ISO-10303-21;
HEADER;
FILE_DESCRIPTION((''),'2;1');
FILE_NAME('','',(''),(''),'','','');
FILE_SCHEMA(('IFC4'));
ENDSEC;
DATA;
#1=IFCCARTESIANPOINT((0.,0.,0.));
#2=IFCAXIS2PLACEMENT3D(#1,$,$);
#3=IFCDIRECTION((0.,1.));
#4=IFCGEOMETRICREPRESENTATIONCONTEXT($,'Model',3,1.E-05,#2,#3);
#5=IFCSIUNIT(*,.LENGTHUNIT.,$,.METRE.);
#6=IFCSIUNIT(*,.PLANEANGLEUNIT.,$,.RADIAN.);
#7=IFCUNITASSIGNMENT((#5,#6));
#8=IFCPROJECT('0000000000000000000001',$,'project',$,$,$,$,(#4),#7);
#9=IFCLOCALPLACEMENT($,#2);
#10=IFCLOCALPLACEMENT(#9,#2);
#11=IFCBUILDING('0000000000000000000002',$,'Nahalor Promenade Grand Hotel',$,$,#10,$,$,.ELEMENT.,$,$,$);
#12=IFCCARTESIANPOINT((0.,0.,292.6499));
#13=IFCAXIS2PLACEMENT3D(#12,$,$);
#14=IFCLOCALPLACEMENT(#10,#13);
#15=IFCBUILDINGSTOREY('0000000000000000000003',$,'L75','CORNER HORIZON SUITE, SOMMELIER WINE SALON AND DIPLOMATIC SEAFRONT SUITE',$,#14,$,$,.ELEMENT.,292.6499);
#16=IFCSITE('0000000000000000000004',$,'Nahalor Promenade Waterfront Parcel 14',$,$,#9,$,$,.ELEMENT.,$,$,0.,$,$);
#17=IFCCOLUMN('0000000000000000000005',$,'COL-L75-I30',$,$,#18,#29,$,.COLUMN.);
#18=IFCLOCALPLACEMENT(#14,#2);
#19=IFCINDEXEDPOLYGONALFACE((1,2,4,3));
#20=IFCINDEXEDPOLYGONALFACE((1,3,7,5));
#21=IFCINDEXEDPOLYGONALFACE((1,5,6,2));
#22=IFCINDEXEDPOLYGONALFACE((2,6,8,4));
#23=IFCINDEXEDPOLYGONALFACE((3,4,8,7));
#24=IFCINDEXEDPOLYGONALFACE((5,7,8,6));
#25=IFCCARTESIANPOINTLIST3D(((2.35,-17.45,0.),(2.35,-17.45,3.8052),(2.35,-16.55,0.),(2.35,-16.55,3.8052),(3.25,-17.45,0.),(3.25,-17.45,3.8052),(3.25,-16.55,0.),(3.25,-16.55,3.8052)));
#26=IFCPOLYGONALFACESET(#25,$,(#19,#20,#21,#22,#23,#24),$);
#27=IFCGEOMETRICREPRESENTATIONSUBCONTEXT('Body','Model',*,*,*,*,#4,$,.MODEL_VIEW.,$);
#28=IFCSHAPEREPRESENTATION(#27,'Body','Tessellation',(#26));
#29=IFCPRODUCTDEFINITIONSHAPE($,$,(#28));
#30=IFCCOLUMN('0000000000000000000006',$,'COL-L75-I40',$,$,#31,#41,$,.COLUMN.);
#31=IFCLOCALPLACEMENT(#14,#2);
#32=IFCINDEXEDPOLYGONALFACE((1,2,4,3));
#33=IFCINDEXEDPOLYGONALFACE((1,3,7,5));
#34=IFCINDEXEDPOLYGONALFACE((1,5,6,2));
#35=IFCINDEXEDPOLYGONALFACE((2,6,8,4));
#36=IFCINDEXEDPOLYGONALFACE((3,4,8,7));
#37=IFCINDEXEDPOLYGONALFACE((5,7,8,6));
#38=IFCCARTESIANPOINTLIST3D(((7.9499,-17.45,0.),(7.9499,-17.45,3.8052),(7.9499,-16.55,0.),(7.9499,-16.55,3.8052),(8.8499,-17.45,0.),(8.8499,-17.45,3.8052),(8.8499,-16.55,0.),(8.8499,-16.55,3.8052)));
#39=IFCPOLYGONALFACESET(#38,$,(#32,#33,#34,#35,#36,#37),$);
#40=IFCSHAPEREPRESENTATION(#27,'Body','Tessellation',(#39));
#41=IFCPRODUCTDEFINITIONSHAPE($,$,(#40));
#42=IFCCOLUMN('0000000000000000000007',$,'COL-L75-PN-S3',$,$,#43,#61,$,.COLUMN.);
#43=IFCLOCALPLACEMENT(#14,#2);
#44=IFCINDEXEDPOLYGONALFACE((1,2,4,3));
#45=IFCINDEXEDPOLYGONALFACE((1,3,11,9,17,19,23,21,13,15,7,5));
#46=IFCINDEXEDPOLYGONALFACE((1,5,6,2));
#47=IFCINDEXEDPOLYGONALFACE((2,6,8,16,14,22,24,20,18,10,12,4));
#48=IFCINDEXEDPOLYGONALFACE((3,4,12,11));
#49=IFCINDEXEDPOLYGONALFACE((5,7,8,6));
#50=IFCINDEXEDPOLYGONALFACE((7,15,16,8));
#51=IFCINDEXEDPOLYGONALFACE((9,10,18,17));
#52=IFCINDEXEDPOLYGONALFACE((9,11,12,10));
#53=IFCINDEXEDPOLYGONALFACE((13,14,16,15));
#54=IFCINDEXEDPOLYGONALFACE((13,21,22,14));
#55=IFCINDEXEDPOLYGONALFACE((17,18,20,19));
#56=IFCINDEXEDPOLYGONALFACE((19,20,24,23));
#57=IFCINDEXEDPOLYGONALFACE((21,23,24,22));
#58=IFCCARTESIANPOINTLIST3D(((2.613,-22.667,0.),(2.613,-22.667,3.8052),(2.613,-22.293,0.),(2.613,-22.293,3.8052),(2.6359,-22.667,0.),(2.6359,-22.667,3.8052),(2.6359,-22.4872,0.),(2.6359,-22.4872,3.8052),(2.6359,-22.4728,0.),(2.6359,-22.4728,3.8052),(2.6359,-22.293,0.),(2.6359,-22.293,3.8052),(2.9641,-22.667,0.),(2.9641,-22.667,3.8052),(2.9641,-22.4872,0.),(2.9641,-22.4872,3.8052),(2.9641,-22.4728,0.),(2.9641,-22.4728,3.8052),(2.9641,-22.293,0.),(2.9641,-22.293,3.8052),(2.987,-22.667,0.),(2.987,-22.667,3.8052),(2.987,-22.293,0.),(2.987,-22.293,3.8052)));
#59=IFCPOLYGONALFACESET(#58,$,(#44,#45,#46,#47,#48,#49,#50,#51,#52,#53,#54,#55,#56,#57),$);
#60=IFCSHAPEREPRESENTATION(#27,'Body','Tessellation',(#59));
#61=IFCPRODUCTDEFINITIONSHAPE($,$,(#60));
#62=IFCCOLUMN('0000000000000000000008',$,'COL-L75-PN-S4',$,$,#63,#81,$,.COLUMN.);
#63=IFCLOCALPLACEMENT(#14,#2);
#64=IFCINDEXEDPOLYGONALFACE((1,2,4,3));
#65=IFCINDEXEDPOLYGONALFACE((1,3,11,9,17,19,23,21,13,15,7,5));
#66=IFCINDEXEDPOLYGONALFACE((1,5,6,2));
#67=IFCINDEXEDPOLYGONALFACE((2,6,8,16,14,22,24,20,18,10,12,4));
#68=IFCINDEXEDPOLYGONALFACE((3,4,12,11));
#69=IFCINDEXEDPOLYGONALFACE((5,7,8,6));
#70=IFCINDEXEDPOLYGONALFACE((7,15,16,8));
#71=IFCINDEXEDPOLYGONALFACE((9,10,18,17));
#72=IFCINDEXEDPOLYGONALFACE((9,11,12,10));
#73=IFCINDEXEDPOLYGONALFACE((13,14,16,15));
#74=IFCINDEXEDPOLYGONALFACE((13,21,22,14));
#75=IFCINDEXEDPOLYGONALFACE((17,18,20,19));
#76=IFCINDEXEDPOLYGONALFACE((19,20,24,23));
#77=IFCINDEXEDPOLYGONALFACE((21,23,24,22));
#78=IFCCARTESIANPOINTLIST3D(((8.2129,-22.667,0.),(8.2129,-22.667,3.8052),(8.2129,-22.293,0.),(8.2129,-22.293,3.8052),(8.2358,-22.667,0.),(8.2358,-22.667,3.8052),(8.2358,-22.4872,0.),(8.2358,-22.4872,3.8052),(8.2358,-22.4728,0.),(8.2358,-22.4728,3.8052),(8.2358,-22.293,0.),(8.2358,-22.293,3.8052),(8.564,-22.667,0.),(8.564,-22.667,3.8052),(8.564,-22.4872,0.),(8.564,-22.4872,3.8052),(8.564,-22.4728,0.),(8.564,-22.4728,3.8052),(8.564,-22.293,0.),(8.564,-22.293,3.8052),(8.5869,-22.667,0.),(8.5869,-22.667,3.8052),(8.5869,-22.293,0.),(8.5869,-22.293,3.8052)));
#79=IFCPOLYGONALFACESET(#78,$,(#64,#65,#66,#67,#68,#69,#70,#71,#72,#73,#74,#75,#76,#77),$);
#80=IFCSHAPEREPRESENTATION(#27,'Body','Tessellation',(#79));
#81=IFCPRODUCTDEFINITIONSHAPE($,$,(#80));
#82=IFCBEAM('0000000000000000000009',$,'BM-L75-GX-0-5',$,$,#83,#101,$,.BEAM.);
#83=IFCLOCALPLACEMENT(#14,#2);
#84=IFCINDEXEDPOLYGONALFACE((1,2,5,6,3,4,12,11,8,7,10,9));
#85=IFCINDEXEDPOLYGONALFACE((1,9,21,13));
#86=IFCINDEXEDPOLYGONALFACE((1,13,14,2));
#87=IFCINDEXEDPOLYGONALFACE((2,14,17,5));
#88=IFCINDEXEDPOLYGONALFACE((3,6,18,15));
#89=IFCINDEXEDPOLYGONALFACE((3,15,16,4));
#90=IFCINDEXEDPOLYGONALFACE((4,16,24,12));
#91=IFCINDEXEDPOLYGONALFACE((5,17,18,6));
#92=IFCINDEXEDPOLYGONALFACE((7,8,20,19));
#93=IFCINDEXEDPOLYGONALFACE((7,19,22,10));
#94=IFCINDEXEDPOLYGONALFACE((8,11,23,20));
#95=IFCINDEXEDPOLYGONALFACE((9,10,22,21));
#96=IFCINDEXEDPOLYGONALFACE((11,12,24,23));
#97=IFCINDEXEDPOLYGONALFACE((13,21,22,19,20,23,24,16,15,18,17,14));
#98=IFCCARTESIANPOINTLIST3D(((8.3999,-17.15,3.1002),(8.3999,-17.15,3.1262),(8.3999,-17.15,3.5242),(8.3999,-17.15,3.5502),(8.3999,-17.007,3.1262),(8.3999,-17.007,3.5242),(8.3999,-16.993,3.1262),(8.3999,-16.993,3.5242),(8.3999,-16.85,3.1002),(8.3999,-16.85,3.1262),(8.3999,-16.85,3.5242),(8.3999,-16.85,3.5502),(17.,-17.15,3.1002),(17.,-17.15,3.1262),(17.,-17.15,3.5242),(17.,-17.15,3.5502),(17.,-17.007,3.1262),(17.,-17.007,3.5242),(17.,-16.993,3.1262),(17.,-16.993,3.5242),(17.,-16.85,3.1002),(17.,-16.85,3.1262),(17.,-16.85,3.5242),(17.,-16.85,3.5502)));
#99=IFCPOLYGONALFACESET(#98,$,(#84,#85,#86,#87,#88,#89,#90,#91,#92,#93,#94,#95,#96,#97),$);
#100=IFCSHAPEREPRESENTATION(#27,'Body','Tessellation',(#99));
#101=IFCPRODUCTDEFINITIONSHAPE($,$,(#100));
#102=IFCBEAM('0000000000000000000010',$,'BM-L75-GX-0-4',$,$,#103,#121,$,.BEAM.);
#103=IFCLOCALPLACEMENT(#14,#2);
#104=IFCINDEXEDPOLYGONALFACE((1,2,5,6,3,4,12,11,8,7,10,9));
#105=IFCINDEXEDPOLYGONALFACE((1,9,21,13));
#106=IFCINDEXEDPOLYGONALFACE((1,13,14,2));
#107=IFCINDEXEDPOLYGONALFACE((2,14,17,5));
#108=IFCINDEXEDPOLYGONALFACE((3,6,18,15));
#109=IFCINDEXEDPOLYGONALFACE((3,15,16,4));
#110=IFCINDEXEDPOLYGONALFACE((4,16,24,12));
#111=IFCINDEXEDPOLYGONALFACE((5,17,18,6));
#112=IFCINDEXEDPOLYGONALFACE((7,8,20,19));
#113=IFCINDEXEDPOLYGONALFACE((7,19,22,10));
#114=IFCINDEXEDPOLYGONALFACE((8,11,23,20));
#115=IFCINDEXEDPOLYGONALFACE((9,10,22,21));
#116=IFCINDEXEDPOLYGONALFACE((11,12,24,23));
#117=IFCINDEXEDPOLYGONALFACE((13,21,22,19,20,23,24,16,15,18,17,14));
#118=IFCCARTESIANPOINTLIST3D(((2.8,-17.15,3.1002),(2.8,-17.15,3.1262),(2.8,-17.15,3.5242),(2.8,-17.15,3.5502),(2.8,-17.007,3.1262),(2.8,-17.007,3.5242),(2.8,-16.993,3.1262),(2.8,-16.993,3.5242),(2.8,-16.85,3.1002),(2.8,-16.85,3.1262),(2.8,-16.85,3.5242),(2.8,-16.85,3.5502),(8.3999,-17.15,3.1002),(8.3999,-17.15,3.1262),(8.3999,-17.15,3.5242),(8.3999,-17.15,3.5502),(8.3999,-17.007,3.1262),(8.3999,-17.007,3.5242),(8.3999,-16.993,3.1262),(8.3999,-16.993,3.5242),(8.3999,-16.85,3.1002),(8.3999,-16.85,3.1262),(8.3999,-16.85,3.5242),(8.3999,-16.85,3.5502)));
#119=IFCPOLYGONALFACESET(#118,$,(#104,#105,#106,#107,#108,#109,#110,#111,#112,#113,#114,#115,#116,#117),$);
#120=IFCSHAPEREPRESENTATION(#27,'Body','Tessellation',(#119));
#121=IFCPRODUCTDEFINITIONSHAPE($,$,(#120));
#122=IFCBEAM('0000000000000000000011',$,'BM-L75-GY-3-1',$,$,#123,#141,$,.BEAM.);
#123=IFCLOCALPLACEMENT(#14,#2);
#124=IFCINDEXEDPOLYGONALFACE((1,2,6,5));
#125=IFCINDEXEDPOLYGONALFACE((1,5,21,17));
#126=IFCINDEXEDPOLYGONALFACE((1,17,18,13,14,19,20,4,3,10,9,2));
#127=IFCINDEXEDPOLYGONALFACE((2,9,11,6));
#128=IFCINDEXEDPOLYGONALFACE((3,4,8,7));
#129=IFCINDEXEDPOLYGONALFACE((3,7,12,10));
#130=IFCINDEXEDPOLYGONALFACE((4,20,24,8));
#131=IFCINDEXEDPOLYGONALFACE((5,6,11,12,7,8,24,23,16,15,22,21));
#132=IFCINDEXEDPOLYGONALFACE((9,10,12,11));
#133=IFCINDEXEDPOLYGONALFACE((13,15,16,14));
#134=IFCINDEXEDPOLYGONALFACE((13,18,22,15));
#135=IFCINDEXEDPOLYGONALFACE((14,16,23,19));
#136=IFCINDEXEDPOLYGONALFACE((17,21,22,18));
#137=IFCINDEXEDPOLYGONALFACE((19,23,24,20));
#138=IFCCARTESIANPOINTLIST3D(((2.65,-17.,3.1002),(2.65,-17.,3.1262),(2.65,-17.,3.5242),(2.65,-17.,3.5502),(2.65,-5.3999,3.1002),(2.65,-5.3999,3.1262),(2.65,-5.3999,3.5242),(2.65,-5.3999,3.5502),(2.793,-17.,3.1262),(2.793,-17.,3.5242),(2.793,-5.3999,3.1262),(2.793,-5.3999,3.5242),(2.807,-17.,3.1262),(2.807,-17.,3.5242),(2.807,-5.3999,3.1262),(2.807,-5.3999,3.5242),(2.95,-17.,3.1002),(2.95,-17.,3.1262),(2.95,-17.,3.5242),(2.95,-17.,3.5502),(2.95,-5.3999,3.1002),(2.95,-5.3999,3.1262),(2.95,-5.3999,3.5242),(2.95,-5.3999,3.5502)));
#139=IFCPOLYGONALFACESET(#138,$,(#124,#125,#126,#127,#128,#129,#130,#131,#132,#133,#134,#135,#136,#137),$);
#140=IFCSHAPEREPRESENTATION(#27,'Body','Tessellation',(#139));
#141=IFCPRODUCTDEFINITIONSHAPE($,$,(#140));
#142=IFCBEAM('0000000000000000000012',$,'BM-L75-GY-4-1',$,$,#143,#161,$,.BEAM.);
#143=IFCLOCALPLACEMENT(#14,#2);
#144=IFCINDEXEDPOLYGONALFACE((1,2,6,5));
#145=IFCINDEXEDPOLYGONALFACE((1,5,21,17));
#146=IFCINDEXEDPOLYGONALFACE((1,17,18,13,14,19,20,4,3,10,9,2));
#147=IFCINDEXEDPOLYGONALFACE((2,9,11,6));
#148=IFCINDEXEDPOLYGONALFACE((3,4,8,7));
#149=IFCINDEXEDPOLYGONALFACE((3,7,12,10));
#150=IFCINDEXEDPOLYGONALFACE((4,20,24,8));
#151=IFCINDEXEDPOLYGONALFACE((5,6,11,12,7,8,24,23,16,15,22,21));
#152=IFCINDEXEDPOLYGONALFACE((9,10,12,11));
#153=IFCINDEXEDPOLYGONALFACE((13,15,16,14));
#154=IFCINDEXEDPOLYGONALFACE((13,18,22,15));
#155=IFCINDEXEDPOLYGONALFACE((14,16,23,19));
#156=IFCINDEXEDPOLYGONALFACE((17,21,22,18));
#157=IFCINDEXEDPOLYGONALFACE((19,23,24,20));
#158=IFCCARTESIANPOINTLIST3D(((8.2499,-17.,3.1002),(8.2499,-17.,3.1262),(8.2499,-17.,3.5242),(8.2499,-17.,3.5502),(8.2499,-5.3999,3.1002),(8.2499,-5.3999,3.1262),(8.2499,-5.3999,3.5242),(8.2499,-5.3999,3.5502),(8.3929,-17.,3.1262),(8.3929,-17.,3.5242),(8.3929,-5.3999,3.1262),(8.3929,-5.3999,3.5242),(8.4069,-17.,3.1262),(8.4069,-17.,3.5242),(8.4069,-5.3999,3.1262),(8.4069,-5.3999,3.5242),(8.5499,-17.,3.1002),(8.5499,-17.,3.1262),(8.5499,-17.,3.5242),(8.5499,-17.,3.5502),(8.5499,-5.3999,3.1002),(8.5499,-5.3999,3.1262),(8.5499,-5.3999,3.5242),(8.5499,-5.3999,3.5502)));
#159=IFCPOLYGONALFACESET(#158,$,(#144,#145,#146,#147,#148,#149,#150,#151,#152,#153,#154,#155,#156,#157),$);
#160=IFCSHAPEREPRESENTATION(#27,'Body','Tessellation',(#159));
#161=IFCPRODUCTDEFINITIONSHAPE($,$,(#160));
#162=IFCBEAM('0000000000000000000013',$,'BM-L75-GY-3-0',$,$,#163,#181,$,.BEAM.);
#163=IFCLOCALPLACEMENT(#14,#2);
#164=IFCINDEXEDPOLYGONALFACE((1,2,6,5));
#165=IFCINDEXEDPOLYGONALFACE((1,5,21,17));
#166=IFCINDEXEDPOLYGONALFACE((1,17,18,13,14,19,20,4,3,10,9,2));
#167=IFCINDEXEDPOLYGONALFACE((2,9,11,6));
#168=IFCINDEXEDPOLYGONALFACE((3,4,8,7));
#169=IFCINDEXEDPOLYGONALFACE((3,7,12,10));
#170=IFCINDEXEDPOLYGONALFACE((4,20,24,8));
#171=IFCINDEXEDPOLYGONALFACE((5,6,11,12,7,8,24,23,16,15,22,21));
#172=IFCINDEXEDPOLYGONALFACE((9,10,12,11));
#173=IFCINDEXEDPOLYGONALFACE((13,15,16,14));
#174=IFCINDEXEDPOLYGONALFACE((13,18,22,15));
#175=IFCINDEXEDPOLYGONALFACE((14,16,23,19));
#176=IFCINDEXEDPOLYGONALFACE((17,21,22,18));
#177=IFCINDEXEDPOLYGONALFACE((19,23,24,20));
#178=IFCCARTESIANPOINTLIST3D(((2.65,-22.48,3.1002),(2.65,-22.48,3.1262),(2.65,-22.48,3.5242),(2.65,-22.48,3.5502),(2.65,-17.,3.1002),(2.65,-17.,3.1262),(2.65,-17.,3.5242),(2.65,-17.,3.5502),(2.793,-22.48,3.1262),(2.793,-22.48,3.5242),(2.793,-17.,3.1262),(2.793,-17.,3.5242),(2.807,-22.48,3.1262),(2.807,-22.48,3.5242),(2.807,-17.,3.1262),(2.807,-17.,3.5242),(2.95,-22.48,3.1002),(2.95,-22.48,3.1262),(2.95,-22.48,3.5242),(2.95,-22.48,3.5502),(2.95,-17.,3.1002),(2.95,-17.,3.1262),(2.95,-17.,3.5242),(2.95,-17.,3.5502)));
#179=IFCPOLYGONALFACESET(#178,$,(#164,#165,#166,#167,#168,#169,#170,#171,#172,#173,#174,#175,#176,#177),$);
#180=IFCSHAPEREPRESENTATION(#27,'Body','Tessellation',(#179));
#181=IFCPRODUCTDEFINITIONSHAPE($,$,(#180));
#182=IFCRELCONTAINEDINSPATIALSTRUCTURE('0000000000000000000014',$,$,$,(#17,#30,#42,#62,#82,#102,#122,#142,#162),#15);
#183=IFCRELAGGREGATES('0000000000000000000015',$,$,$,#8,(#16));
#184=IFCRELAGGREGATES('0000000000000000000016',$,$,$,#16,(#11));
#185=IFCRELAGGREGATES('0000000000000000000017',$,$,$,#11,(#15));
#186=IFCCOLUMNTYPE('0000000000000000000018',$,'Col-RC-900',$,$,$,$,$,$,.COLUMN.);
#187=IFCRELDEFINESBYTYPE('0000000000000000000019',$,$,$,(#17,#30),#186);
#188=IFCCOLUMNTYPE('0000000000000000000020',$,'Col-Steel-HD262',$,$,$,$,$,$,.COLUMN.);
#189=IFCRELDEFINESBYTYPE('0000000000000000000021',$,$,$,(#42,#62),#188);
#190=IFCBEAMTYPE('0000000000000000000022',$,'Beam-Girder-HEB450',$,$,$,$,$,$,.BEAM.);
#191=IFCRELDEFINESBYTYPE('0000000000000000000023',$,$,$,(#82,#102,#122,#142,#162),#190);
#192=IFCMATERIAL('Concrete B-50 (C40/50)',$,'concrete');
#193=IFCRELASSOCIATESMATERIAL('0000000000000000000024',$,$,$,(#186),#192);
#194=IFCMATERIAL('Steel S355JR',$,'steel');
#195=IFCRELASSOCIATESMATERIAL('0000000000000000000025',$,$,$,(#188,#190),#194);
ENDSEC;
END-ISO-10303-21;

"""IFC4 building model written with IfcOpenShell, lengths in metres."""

from ifc_helpers import new_model, si_unit, direction, frame, origin, origin_2d, place, context, subcontext, project, spatial, rectangle, i_section, extrude, source, transform, mapped, material, material_profile, profile_set, type_object, element, save


model = new_model("IFC4")

# Units and contexts
model_context = context("Model", 3, precision=1e-05, world=origin(), true_north=direction((0.0, 1.0)))
body_context = subcontext(model_context, "Body", "Model", "MODEL_VIEW")
ifc_project = project(units=[si_unit("LENGTHUNIT", "METRE"), si_unit("PLANEANGLEUNIT", "RADIAN")], contexts=[model_context])

# Site, building, storey
site_placement = place(None, origin())
site = spatial("IfcSite", under=ifc_project, at=site_placement, Name="Nahalor Promenade Waterfront Parcel 14", CompositionType="ELEMENT", RefElevation=0.0)
building_placement = place(site_placement, origin())
building = spatial("IfcBuilding", under=site, at=building_placement, Name="Nahalor Promenade Grand Hotel", CompositionType="ELEMENT")
storey_placement = place(building_placement, frame((0.0, 0.0, 292.6499)))
storey = spatial("IfcBuildingStorey", under=building, at=storey_placement, Name="L75", Description="CORNER HORIZON SUITE, SOMMELIER WINE SALON AND DIPLOMATIC SEAFRONT SUITE", CompositionType="ELEMENT", Elevation=292.6499)

# Columns
ifc_material_1 = material(Name="Concrete B-50 (C40/50)", Category="concrete")
ifc_material_profile_1 = material_profile(ifc_material_1, rectangle(XDim=0.9, YDim=0.9, at=origin_2d()), Name="RC 900x900")
ifc_profile_set_1 = profile_set([ifc_material_profile_1], Name="Concrete B-50 (C40/50)")
column_type_1 = type_object("IfcColumnType", Name="Col-RC-900", PredefinedType="COLUMN", material=ifc_profile_set_1)
shared_shape_1 = source(origin(), body_context, "Body", "SweptSolid", [
    extrude(rectangle(XDim=0.9, YDim=0.9, at=origin_2d()), origin(), (0.0, 0.0, 1.0), 3.8052),
])
for number, where, z_axis, x_axis, name in (
    (1, (2.8, -17.0, 0.0), (0.0, 0.0, 1.0), (1.0, 0.0, 0.0), "COL-L75-I30"),
    (2, (8.3999, -17.0, 0.0), (0.0, 0.0, 1.0), (1.0, 0.0, 0.0), "COL-L75-I40"),
):
    element("IfcColumn", number, at=place(storey_placement, frame(where, z_axis=z_axis, x_axis=x_axis)), inside=storey, type_object=column_type_1, Name=name, PredefinedType="COLUMN", context=body_context, shape_type="MappedRepresentation", body=[
        mapped(shared_shape_1, transform((0.0, 0.0, 0.0), scale=1.0)),
    ])
ifc_material_2 = material(Name="Steel S355JR", Category="steel")
ifc_material_profile_2 = material_profile(ifc_material_2, i_section(OverallWidth=0.374, OverallDepth=0.374, WebThickness=0.0144, FlangeThickness=0.0229, at=origin_2d()), Name="HD 360x262")
ifc_profile_set_2 = profile_set([ifc_material_profile_2], Name="Steel S355JR")
column_type_2 = type_object("IfcColumnType", Name="Col-Steel-HD262", PredefinedType="COLUMN", material=ifc_profile_set_2)
shared_shape_2 = source(origin(), body_context, "Body", "SweptSolid", [
    extrude(i_section(OverallWidth=0.374, OverallDepth=0.374, WebThickness=0.0144, FlangeThickness=0.0229, at=origin_2d()), origin(), (0.0, 0.0, 1.0), 3.8052),
])
for number, where, z_axis, x_axis, name in (
    (3, (2.8, -22.48, 0.0), (0.0, 0.0, 1.0), (0.0, 1.0, 0.0), "COL-L75-PN-S3"),
    (4, (8.3999, -22.48, 0.0), (0.0, 0.0, 1.0), (0.0, 1.0, 0.0), "COL-L75-PN-S4"),
):
    element("IfcColumn", number, at=place(storey_placement, frame(where, z_axis=z_axis, x_axis=x_axis)), inside=storey, type_object=column_type_2, Name=name, PredefinedType="COLUMN", context=body_context, shape_type="MappedRepresentation", body=[
        mapped(shared_shape_2, transform((0.0, 0.0, 0.0), scale=1.0)),
    ])

# Beams
ifc_material_profile_3 = material_profile(ifc_material_2, i_section(OverallWidth=0.3, OverallDepth=0.45, WebThickness=0.014, FlangeThickness=0.026, at=origin_2d()), Name="HEB 450")
ifc_profile_set_3 = profile_set([ifc_material_profile_3], Name="Steel S355JR")
beam_type_1 = type_object("IfcBeamType", Name="Beam-Girder-HEB450", PredefinedType="BEAM", material=ifc_profile_set_3)
shared_shape_3 = source(origin(), body_context, "Body", "SweptSolid", [
    extrude(i_section(OverallWidth=0.3, OverallDepth=0.45, WebThickness=0.014, FlangeThickness=0.026, at=origin_2d()), origin(), (0.0, 0.0, 1.0), 8.6001),
])
beam_1_placement = place(storey_placement, frame((8.3999, -17.0, 3.3252), z_axis=(1.0, 0.0, 0.0), x_axis=(0.0, 1.0, 0.0)))
element("IfcBeam", 5, at=beam_1_placement, inside=storey, type_object=beam_type_1, Name="BM-L75-GX-0-5", PredefinedType="BEAM", context=body_context, shape_type="MappedRepresentation", body=[
    mapped(shared_shape_3, transform((0.0, 0.0, 0.0), scale=1.0)),
])
shared_shape_4 = source(origin(), body_context, "Body", "SweptSolid", [
    extrude(i_section(OverallWidth=0.3, OverallDepth=0.45, WebThickness=0.014, FlangeThickness=0.026, at=origin_2d()), origin(), (0.0, 0.0, 1.0), 5.5999),
])
beam_2_placement = place(storey_placement, frame((2.8, -17.0, 3.3252), z_axis=(1.0, 0.0, 0.0), x_axis=(0.0, 1.0, 0.0)))
element("IfcBeam", 6, at=beam_2_placement, inside=storey, type_object=beam_type_1, Name="BM-L75-GX-0-4", PredefinedType="BEAM", context=body_context, shape_type="MappedRepresentation", body=[
    mapped(shared_shape_4, transform((0.0, 0.0, 0.0), scale=1.0)),
])
shared_shape_5 = source(origin(), body_context, "Body", "SweptSolid", [
    extrude(i_section(OverallWidth=0.3, OverallDepth=0.45, WebThickness=0.014, FlangeThickness=0.026, at=origin_2d()), origin(), (0.0, 0.0, 1.0), 11.6001),
])
for number, where, z_axis, x_axis, name in (
    (7, (2.8, -17.0, 3.3252), (0.0, 1.0, 0.0), (-1.0, 0.0, 0.0), "BM-L75-GY-3-1"),
    (8, (8.3999, -17.0, 3.3252), (0.0, 1.0, 0.0), (-1.0, 0.0, 0.0), "BM-L75-GY-4-1"),
):
    element("IfcBeam", number, at=place(storey_placement, frame(where, z_axis=z_axis, x_axis=x_axis)), inside=storey, type_object=beam_type_1, Name=name, PredefinedType="BEAM", context=body_context, shape_type="MappedRepresentation", body=[
        mapped(shared_shape_5, transform((0.0, 0.0, 0.0), scale=1.0)),
    ])
shared_shape_6 = source(origin(), body_context, "Body", "SweptSolid", [
    extrude(i_section(OverallWidth=0.3, OverallDepth=0.45, WebThickness=0.014, FlangeThickness=0.026, at=origin_2d()), origin(), (0.0, 0.0, 1.0), 5.48),
])
for number, where, z_axis, x_axis, name in (
    (9, (2.8, -22.48, 3.3252), (0.0, 1.0, 0.0), (-1.0, 0.0, 0.0), "BM-L75-GY-3-0"),
):
    element("IfcBeam", number, at=place(storey_placement, frame(where, z_axis=z_axis, x_axis=x_axis)), inside=storey, type_object=beam_type_1, Name=name, PredefinedType="BEAM", context=body_context, shape_type="MappedRepresentation", body=[
        mapped(shared_shape_6, transform((0.0, 0.0, 0.0), scale=1.0)),
    ])

save(model, "model.ifc")
